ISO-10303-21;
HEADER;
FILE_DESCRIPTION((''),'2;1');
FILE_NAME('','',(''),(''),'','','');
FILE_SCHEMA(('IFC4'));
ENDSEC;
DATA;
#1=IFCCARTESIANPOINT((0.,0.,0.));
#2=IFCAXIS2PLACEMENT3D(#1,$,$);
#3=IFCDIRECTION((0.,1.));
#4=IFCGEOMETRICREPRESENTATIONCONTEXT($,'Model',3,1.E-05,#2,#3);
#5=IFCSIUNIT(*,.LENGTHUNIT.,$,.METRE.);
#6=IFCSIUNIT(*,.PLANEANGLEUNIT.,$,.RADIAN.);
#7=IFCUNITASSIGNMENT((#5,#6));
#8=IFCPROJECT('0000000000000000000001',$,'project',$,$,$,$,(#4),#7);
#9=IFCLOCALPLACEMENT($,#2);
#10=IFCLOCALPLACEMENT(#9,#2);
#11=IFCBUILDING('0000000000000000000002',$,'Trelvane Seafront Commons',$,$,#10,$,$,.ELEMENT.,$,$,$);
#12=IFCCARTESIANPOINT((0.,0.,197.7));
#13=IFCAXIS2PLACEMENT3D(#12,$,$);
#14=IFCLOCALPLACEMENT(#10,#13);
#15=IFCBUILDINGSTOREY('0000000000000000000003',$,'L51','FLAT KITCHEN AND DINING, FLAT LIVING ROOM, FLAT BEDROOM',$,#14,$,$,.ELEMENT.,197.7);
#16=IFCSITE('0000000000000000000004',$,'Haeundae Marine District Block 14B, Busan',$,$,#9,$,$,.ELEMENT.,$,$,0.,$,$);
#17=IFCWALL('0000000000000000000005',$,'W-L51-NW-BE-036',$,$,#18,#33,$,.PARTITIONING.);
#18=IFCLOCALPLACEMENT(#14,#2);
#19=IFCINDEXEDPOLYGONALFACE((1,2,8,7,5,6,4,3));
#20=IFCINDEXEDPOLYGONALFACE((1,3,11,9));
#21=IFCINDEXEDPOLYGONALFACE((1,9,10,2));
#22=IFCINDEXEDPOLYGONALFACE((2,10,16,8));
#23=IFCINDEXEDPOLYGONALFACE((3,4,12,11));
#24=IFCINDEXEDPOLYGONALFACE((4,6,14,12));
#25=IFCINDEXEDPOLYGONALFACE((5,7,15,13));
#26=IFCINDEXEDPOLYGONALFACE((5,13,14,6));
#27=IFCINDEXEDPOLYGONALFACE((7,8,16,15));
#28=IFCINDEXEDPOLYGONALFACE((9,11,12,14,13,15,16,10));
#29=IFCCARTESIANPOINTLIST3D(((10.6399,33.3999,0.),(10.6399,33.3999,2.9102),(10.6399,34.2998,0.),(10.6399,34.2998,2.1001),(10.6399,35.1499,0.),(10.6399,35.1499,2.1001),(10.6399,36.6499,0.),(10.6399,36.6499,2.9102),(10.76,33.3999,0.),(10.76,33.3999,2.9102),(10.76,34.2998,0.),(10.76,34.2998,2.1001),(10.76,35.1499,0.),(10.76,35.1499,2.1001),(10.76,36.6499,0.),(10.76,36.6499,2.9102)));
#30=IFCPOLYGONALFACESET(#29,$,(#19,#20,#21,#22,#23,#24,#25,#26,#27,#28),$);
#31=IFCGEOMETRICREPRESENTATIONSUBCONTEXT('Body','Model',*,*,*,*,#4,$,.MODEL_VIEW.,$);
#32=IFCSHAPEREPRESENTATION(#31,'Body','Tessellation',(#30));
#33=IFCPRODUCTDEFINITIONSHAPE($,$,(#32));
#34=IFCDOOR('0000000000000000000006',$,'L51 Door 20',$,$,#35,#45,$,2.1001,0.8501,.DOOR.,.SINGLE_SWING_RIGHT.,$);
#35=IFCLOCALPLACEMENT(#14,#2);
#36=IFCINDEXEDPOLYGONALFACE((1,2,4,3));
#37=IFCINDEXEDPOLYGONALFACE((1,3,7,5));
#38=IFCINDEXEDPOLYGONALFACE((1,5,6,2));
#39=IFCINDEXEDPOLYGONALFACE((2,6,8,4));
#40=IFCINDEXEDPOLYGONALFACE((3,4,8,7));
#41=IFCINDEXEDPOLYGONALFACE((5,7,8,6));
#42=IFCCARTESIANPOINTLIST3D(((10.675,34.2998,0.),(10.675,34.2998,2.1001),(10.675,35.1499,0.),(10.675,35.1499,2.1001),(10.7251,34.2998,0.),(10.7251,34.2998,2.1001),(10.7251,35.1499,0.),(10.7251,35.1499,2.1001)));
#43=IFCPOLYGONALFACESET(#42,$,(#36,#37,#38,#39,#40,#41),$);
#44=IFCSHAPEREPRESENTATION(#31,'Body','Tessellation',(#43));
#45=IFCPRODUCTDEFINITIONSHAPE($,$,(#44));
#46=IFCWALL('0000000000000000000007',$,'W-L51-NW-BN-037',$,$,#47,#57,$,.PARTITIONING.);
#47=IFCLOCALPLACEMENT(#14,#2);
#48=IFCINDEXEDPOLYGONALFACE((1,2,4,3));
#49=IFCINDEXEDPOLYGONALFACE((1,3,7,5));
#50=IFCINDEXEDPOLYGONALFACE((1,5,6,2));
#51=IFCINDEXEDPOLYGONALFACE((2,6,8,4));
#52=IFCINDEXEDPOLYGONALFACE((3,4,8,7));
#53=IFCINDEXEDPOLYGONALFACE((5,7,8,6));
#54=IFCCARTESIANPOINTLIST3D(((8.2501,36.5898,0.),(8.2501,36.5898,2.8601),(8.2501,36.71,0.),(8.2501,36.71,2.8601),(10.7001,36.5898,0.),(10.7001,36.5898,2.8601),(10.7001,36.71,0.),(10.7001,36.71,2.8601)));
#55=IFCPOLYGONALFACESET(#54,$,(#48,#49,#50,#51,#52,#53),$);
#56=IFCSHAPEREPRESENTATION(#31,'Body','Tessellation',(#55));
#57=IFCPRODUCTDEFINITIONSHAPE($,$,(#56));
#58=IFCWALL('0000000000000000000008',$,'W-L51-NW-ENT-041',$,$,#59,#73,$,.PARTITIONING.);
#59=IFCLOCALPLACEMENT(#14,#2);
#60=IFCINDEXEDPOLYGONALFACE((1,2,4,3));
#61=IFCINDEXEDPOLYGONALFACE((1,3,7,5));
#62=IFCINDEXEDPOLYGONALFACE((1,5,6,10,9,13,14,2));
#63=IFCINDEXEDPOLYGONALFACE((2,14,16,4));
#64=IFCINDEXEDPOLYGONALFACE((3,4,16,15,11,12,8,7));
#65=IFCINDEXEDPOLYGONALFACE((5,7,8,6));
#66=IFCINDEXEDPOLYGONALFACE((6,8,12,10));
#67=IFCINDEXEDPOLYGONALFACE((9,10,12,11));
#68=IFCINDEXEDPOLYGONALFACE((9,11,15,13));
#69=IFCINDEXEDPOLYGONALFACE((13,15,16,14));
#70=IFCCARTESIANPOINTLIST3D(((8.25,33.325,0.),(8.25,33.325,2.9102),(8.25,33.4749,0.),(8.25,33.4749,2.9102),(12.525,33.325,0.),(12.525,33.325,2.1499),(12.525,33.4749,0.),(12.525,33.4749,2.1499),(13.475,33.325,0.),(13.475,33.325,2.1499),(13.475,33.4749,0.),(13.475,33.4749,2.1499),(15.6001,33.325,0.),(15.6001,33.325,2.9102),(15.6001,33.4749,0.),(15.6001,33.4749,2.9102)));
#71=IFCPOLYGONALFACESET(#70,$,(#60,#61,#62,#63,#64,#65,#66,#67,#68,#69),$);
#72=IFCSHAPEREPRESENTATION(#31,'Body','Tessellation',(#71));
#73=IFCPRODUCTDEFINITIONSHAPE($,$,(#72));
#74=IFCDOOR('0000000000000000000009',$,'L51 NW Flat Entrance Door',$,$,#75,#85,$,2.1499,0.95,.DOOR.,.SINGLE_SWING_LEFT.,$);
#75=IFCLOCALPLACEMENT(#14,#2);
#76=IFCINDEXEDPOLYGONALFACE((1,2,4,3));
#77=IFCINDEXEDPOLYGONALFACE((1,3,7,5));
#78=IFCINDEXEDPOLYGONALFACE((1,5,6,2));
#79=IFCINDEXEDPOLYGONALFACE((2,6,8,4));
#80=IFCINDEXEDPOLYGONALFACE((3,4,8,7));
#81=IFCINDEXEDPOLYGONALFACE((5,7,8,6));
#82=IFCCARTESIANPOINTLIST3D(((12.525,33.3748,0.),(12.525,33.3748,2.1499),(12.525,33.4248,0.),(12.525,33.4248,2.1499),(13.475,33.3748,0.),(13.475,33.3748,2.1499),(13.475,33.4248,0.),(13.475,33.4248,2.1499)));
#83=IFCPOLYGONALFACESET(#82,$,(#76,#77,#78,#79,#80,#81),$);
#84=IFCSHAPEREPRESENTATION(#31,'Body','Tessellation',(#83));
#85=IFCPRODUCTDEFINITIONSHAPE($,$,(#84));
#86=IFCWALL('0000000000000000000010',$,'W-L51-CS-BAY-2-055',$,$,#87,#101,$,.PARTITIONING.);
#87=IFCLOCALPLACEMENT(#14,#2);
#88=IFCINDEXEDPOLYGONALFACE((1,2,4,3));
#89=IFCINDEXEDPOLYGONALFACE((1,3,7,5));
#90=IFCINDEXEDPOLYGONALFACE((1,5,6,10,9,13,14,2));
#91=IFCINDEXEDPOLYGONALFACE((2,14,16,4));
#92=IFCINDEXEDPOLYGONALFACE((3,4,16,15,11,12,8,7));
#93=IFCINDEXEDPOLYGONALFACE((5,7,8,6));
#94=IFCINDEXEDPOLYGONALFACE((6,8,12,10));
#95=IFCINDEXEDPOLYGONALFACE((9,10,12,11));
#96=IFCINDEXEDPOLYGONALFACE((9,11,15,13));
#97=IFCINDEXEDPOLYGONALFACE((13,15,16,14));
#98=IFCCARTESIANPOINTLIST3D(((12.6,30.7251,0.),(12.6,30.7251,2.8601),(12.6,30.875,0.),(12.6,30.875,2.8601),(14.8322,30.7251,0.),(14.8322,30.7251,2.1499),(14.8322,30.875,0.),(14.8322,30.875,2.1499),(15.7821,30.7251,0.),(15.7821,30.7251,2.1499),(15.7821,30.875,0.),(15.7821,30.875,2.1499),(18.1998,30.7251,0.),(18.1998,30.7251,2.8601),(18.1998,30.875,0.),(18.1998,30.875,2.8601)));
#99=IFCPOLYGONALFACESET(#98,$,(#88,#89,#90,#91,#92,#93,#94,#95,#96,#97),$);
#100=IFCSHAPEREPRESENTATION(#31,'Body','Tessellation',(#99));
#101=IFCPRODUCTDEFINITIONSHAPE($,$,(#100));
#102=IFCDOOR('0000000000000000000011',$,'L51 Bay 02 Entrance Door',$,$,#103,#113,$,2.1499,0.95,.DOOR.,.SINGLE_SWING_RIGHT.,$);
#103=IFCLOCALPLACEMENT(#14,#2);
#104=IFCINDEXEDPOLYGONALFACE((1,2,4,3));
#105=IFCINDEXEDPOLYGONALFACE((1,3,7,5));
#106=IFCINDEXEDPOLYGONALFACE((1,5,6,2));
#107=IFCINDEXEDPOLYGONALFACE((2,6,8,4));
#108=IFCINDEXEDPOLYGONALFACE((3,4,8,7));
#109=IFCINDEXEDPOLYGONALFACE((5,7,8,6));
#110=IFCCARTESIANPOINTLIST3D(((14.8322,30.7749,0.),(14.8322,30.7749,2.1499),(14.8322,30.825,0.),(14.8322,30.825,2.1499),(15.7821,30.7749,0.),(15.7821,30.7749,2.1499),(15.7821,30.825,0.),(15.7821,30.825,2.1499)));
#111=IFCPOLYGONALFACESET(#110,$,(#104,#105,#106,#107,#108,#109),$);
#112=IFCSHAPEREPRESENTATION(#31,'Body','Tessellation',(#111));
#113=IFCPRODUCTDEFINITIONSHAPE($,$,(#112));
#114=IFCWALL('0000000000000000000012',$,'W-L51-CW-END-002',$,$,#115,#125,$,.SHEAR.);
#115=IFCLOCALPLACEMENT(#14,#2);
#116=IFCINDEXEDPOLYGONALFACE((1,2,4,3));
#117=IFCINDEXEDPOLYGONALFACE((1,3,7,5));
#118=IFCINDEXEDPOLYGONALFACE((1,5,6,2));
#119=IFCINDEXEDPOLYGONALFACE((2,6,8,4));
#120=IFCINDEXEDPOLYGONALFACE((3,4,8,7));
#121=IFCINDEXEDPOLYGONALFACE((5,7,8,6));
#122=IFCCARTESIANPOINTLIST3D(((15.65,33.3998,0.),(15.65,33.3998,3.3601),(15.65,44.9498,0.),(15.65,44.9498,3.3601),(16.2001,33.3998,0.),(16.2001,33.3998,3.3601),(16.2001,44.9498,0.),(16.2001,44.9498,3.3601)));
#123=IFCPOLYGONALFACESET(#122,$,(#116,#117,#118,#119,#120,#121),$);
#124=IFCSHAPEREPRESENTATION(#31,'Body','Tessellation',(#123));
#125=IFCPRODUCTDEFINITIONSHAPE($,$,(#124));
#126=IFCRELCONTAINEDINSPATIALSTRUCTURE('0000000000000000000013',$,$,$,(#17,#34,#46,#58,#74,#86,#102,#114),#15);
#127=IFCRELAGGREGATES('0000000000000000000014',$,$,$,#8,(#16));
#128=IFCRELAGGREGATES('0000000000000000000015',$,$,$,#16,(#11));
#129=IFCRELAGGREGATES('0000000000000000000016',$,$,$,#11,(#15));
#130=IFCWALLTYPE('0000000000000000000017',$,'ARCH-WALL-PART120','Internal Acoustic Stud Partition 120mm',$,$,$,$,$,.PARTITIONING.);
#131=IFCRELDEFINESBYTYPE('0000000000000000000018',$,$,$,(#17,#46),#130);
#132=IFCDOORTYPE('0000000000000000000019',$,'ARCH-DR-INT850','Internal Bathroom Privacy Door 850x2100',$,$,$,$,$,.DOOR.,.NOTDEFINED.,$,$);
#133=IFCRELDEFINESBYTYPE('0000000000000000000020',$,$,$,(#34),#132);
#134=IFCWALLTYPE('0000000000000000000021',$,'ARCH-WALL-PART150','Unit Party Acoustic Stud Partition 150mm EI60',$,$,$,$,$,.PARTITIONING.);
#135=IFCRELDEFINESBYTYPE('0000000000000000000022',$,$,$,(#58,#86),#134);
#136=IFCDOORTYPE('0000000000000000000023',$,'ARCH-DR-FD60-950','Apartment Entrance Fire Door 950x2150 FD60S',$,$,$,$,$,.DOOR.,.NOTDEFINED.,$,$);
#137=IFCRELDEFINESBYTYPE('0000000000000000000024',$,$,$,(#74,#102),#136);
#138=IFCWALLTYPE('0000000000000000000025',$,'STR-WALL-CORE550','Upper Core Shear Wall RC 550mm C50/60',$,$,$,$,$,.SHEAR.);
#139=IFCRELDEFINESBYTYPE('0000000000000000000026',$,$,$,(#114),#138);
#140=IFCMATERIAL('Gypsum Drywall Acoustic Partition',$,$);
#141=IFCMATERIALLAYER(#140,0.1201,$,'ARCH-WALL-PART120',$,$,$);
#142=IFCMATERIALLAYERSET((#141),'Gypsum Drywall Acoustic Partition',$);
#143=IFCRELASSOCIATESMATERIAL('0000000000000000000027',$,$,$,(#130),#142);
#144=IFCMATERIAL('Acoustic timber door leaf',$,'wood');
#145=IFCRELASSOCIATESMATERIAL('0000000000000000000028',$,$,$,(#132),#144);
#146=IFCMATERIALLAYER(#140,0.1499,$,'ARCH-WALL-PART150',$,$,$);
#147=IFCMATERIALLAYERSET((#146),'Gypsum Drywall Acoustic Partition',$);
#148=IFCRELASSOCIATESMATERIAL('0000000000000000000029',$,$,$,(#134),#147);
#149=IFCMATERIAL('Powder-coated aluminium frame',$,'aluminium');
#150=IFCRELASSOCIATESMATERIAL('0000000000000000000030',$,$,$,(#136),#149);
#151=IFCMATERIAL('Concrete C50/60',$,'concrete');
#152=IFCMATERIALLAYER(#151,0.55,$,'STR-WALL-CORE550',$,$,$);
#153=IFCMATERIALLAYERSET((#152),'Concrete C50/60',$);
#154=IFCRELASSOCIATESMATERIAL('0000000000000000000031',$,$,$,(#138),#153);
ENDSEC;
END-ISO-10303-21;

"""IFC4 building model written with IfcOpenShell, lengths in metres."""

from ifc_helpers import new_model, si_unit, direction, frame, frame_2d, origin, place, context, subcontext, project, spatial, rectangle, extrude, source, transform, mapped, material, layer, layer_set, type_object, element, fill, save


model = new_model("IFC4")

# Units and contexts
model_context = context("Model", 3, precision=1e-05, world=origin(), true_north=direction((0.0, 1.0)))
body_context = subcontext(model_context, "Body", "Model", "MODEL_VIEW")
ifc_project = project(units=[si_unit("LENGTHUNIT", "METRE"), si_unit("PLANEANGLEUNIT", "RADIAN")], contexts=[model_context])

# Site, building, storey
site_placement = place(None, origin())
site = spatial("IfcSite", under=ifc_project, at=site_placement, Name="Haeundae Marine District Block 14B, Busan", CompositionType="ELEMENT", RefElevation=0.0)
building_placement = place(site_placement, origin())
building = spatial("IfcBuilding", under=site, at=building_placement, Name="Trelvane Seafront Commons", CompositionType="ELEMENT")
storey_placement = place(building_placement, frame((0.0, 0.0, 197.7)))
storey = spatial("IfcBuildingStorey", under=building, at=storey_placement, Name="L51", Description="FLAT KITCHEN AND DINING, FLAT LIVING ROOM, FLAT BEDROOM", CompositionType="ELEMENT", Elevation=197.7)

# Shared definitions
ifc_material_1 = material(Name="Concrete C50/60", Category="concrete")

# Wall, opening, door
ifc_material_2 = material(Name="Gypsum Drywall Acoustic Partition")
ifc_layer_1 = layer(ifc_material_2, 0.1201, Name="ARCH-WALL-PART120")
ifc_layer_set_1 = layer_set([ifc_layer_1], Name="Gypsum Drywall Acoustic Partition")
wall_type_1 = type_object("IfcWallType", Name="ARCH-WALL-PART120", Description="Internal Acoustic Stud Partition 120mm", PredefinedType="PARTITIONING", material=ifc_layer_set_1)
wall_1_placement = place(storey_placement, frame((10.7, 33.3999, 0.0), z_axis=(0.0, 0.0, 1.0), x_axis=(0.0, 1.0, 0.0)))
wall_1 = element("IfcWall", 1, at=wall_1_placement, inside=storey, type_object=wall_type_1, Name="W-L51-NW-BE-036", PredefinedType="PARTITIONING", context=body_context, shape_type="SweptSolid", body=[
    extrude(rectangle(XDim=3.25, YDim=0.1201, at=frame_2d((1.625, 0.0))), origin(), (0.0, 0.0, 1.0), 2.9102),
])
opening_1_placement = place(wall_1_placement, frame((0.8999, 0.0, 0.0)))
opening_1 = element("IfcOpeningElement", 2, at=opening_1_placement, cuts=wall_1, PredefinedType="OPENING", context=body_context, shape_type="SweptSolid", body=[
    extrude(rectangle(XDim=0.8501, YDim=2.1001, at=frame_2d((0.425, 1.05))), frame((0.0, 0.0701, 0.0), z_axis=(0.0, -1.0, 0.0), x_axis=(1.0, 0.0, 0.0)), (0.0, 0.0, 1.0), 0.1401),
])
ifc_material_3 = material(Name="Acoustic timber door leaf", Category="wood")
door_type_1 = type_object("IfcDoorType", Name="ARCH-DR-INT850", Description="Internal Bathroom Privacy Door 850x2100", OperationType="NOTDEFINED", PredefinedType="DOOR", material=ifc_material_3)
shared_shape_1 = source(origin(), body_context, "Body", "SweptSolid", [
    extrude(rectangle(XDim=0.8501, YDim=2.1001, at=frame_2d((0.425, 1.05))), frame((0.0, 0.0249, 0.0), z_axis=(0.0, -1.0, 0.0), x_axis=(1.0, 0.0, 0.0)), (0.0, 0.0, 1.0), 0.05),
])
door_1_placement = place(opening_1_placement, origin())
door_1 = element("IfcDoor", 3, at=door_1_placement, inside=storey, type_object=door_type_1, Name="L51 Door 20", OperationType="SINGLE_SWING_RIGHT", OverallHeight=2.1001, OverallWidth=0.8501, PredefinedType="DOOR", context=body_context, shape_type="MappedRepresentation", body=[
    mapped(shared_shape_1, transform((0.0, 0.0, 0.0), x_axis=(1.0, 0.0, 0.0), y_axis=(0.0, 1.0, 0.0), z_axis=(0.0, 0.0, 1.0), scale=1.0)),
])
fill(opening_1, door_1)

# Wall
wall_2_placement = place(storey_placement, frame((8.25, 36.6499, 0.0), z_axis=(0.0, 0.0, 1.0), x_axis=(1.0, 0.0, 0.0)))
element("IfcWall", 4, at=wall_2_placement, inside=storey, type_object=wall_type_1, Name="W-L51-NW-BN-037", PredefinedType="PARTITIONING", context=body_context, shape_type="SweptSolid", body=[
    extrude(rectangle(XDim=2.45, YDim=0.1201, at=frame_2d((1.2251, 0.0))), origin(), (0.0, 0.0, 1.0), 2.8601),
])

# Walls, openings, doors
shared_shape_2 = source(origin(), body_context, "Body", "SweptSolid", [
    extrude(rectangle(XDim=0.95, YDim=2.1499, at=frame_2d((0.4751, 1.075))), frame((0.0, 0.0249, 0.0), z_axis=(0.0, -1.0, 0.0), x_axis=(1.0, 0.0, 0.0)), (0.0, 0.0, 1.0), 0.05),
])
ifc_layer_2 = layer(ifc_material_2, 0.1499, Name="ARCH-WALL-PART150")
ifc_layer_set_2 = layer_set([ifc_layer_2], Name="Gypsum Drywall Acoustic Partition")
wall_type_2 = type_object("IfcWallType", Name="ARCH-WALL-PART150", Description="Unit Party Acoustic Stud Partition 150mm EI60", PredefinedType="PARTITIONING", material=ifc_layer_set_2)
wall_3_placement = place(storey_placement, frame((8.25, 33.3999, 0.0), z_axis=(0.0, 0.0, 1.0), x_axis=(1.0, 0.0, 0.0)))
wall_3 = element("IfcWall", 5, at=wall_3_placement, inside=storey, type_object=wall_type_2, Name="W-L51-NW-ENT-041", PredefinedType="PARTITIONING", context=body_context, shape_type="SweptSolid", body=[
    extrude(rectangle(XDim=7.3501, YDim=0.1499, at=frame_2d((3.675, 0.0))), origin(), (0.0, 0.0, 1.0), 2.9102),
])
opening_2_placement = place(wall_3_placement, frame((4.2749, 0.0, 0.0)))
opening_2 = element("IfcOpeningElement", 6, at=opening_2_placement, cuts=wall_3, PredefinedType="OPENING", context=body_context, shape_type="SweptSolid", body=[
    extrude(rectangle(XDim=0.95, YDim=2.1499, at=frame_2d((0.4751, 1.075))), frame((0.0, 0.085, 0.0), z_axis=(0.0, -1.0, 0.0), x_axis=(1.0, 0.0, 0.0)), (0.0, 0.0, 1.0), 0.1699),
])
ifc_material_4 = material(Name="Powder-coated aluminium frame", Category="aluminium")
door_type_2 = type_object("IfcDoorType", Name="ARCH-DR-FD60-950", Description="Apartment Entrance Fire Door 950x2150 FD60S", OperationType="NOTDEFINED", PredefinedType="DOOR", material=ifc_material_4)
door_2_placement = place(opening_2_placement, origin())
door_2 = element("IfcDoor", 7, at=door_2_placement, inside=storey, type_object=door_type_2, Name="L51 NW Flat Entrance Door", OperationType="SINGLE_SWING_LEFT", OverallHeight=2.1499, OverallWidth=0.95, PredefinedType="DOOR", context=body_context, shape_type="MappedRepresentation", body=[
    mapped(shared_shape_2, transform((0.0, 0.0, 0.0), x_axis=(1.0, 0.0, 0.0), y_axis=(0.0, 1.0, 0.0), z_axis=(0.0, 0.0, 1.0), scale=1.0)),
])
fill(opening_2, door_2)
wall_4_placement = place(storey_placement, frame((12.6001, 30.8, 0.0), z_axis=(0.0, 0.0, 1.0), x_axis=(1.0, 0.0, 0.0)))
wall_4 = element("IfcWall", 8, at=wall_4_placement, inside=storey, type_object=wall_type_2, Name="W-L51-CS-BAY-2-055", PredefinedType="PARTITIONING", context=body_context, shape_type="SweptSolid", body=[
    extrude(rectangle(XDim=5.5999, YDim=0.1499, at=frame_2d((2.7998, 0.0))), origin(), (0.0, 0.0, 1.0), 2.8601),
])
opening_3_placement = place(wall_4_placement, frame((2.2319, 0.0, 0.0)))
opening_3 = element("IfcOpeningElement", 9, at=opening_3_placement, cuts=wall_4, PredefinedType="OPENING", context=body_context, shape_type="SweptSolid", body=[
    extrude(rectangle(XDim=0.95, YDim=2.1499, at=frame_2d((0.4751, 1.075))), frame((0.0, 0.085, 0.0), z_axis=(0.0, -1.0, 0.0), x_axis=(1.0, 0.0, 0.0)), (0.0, 0.0, 1.0), 0.1699),
])
door_3_placement = place(opening_3_placement, origin())
door_3 = element("IfcDoor", 10, at=door_3_placement, inside=storey, type_object=door_type_2, Name="L51 Bay 02 Entrance Door", OperationType="SINGLE_SWING_RIGHT", OverallHeight=2.1499, OverallWidth=0.95, PredefinedType="DOOR", context=body_context, shape_type="MappedRepresentation", body=[
    mapped(shared_shape_2, transform((0.0, 0.0, 0.0), x_axis=(1.0, 0.0, 0.0), y_axis=(0.0, 1.0, 0.0), z_axis=(0.0, 0.0, 1.0), scale=1.0)),
])
fill(opening_3, door_3)

# Wall
ifc_layer_3 = layer(ifc_material_1, 0.55, Name="STR-WALL-CORE550")
ifc_layer_set_3 = layer_set([ifc_layer_3], Name="Concrete C50/60")
wall_type_3 = type_object("IfcWallType", Name="STR-WALL-CORE550", Description="Upper Core Shear Wall RC 550mm C50/60", PredefinedType="SHEAR", material=ifc_layer_set_3)
wall_5_placement = place(storey_placement, frame((15.925, 33.3999, 0.0), z_axis=(0.0, 0.0, 1.0), x_axis=(0.0, 1.0, 0.0)))
element("IfcWall", 11, at=wall_5_placement, inside=storey, type_object=wall_type_3, Name="W-L51-CW-END-002", PredefinedType="SHEAR", context=body_context, shape_type="SweptSolid", body=[
    extrude(rectangle(XDim=11.55, YDim=0.55, at=frame_2d((5.7749, 0.0))), origin(), (0.0, 0.0, 1.0), 3.3601),
])

save(model, "model.ifc")
